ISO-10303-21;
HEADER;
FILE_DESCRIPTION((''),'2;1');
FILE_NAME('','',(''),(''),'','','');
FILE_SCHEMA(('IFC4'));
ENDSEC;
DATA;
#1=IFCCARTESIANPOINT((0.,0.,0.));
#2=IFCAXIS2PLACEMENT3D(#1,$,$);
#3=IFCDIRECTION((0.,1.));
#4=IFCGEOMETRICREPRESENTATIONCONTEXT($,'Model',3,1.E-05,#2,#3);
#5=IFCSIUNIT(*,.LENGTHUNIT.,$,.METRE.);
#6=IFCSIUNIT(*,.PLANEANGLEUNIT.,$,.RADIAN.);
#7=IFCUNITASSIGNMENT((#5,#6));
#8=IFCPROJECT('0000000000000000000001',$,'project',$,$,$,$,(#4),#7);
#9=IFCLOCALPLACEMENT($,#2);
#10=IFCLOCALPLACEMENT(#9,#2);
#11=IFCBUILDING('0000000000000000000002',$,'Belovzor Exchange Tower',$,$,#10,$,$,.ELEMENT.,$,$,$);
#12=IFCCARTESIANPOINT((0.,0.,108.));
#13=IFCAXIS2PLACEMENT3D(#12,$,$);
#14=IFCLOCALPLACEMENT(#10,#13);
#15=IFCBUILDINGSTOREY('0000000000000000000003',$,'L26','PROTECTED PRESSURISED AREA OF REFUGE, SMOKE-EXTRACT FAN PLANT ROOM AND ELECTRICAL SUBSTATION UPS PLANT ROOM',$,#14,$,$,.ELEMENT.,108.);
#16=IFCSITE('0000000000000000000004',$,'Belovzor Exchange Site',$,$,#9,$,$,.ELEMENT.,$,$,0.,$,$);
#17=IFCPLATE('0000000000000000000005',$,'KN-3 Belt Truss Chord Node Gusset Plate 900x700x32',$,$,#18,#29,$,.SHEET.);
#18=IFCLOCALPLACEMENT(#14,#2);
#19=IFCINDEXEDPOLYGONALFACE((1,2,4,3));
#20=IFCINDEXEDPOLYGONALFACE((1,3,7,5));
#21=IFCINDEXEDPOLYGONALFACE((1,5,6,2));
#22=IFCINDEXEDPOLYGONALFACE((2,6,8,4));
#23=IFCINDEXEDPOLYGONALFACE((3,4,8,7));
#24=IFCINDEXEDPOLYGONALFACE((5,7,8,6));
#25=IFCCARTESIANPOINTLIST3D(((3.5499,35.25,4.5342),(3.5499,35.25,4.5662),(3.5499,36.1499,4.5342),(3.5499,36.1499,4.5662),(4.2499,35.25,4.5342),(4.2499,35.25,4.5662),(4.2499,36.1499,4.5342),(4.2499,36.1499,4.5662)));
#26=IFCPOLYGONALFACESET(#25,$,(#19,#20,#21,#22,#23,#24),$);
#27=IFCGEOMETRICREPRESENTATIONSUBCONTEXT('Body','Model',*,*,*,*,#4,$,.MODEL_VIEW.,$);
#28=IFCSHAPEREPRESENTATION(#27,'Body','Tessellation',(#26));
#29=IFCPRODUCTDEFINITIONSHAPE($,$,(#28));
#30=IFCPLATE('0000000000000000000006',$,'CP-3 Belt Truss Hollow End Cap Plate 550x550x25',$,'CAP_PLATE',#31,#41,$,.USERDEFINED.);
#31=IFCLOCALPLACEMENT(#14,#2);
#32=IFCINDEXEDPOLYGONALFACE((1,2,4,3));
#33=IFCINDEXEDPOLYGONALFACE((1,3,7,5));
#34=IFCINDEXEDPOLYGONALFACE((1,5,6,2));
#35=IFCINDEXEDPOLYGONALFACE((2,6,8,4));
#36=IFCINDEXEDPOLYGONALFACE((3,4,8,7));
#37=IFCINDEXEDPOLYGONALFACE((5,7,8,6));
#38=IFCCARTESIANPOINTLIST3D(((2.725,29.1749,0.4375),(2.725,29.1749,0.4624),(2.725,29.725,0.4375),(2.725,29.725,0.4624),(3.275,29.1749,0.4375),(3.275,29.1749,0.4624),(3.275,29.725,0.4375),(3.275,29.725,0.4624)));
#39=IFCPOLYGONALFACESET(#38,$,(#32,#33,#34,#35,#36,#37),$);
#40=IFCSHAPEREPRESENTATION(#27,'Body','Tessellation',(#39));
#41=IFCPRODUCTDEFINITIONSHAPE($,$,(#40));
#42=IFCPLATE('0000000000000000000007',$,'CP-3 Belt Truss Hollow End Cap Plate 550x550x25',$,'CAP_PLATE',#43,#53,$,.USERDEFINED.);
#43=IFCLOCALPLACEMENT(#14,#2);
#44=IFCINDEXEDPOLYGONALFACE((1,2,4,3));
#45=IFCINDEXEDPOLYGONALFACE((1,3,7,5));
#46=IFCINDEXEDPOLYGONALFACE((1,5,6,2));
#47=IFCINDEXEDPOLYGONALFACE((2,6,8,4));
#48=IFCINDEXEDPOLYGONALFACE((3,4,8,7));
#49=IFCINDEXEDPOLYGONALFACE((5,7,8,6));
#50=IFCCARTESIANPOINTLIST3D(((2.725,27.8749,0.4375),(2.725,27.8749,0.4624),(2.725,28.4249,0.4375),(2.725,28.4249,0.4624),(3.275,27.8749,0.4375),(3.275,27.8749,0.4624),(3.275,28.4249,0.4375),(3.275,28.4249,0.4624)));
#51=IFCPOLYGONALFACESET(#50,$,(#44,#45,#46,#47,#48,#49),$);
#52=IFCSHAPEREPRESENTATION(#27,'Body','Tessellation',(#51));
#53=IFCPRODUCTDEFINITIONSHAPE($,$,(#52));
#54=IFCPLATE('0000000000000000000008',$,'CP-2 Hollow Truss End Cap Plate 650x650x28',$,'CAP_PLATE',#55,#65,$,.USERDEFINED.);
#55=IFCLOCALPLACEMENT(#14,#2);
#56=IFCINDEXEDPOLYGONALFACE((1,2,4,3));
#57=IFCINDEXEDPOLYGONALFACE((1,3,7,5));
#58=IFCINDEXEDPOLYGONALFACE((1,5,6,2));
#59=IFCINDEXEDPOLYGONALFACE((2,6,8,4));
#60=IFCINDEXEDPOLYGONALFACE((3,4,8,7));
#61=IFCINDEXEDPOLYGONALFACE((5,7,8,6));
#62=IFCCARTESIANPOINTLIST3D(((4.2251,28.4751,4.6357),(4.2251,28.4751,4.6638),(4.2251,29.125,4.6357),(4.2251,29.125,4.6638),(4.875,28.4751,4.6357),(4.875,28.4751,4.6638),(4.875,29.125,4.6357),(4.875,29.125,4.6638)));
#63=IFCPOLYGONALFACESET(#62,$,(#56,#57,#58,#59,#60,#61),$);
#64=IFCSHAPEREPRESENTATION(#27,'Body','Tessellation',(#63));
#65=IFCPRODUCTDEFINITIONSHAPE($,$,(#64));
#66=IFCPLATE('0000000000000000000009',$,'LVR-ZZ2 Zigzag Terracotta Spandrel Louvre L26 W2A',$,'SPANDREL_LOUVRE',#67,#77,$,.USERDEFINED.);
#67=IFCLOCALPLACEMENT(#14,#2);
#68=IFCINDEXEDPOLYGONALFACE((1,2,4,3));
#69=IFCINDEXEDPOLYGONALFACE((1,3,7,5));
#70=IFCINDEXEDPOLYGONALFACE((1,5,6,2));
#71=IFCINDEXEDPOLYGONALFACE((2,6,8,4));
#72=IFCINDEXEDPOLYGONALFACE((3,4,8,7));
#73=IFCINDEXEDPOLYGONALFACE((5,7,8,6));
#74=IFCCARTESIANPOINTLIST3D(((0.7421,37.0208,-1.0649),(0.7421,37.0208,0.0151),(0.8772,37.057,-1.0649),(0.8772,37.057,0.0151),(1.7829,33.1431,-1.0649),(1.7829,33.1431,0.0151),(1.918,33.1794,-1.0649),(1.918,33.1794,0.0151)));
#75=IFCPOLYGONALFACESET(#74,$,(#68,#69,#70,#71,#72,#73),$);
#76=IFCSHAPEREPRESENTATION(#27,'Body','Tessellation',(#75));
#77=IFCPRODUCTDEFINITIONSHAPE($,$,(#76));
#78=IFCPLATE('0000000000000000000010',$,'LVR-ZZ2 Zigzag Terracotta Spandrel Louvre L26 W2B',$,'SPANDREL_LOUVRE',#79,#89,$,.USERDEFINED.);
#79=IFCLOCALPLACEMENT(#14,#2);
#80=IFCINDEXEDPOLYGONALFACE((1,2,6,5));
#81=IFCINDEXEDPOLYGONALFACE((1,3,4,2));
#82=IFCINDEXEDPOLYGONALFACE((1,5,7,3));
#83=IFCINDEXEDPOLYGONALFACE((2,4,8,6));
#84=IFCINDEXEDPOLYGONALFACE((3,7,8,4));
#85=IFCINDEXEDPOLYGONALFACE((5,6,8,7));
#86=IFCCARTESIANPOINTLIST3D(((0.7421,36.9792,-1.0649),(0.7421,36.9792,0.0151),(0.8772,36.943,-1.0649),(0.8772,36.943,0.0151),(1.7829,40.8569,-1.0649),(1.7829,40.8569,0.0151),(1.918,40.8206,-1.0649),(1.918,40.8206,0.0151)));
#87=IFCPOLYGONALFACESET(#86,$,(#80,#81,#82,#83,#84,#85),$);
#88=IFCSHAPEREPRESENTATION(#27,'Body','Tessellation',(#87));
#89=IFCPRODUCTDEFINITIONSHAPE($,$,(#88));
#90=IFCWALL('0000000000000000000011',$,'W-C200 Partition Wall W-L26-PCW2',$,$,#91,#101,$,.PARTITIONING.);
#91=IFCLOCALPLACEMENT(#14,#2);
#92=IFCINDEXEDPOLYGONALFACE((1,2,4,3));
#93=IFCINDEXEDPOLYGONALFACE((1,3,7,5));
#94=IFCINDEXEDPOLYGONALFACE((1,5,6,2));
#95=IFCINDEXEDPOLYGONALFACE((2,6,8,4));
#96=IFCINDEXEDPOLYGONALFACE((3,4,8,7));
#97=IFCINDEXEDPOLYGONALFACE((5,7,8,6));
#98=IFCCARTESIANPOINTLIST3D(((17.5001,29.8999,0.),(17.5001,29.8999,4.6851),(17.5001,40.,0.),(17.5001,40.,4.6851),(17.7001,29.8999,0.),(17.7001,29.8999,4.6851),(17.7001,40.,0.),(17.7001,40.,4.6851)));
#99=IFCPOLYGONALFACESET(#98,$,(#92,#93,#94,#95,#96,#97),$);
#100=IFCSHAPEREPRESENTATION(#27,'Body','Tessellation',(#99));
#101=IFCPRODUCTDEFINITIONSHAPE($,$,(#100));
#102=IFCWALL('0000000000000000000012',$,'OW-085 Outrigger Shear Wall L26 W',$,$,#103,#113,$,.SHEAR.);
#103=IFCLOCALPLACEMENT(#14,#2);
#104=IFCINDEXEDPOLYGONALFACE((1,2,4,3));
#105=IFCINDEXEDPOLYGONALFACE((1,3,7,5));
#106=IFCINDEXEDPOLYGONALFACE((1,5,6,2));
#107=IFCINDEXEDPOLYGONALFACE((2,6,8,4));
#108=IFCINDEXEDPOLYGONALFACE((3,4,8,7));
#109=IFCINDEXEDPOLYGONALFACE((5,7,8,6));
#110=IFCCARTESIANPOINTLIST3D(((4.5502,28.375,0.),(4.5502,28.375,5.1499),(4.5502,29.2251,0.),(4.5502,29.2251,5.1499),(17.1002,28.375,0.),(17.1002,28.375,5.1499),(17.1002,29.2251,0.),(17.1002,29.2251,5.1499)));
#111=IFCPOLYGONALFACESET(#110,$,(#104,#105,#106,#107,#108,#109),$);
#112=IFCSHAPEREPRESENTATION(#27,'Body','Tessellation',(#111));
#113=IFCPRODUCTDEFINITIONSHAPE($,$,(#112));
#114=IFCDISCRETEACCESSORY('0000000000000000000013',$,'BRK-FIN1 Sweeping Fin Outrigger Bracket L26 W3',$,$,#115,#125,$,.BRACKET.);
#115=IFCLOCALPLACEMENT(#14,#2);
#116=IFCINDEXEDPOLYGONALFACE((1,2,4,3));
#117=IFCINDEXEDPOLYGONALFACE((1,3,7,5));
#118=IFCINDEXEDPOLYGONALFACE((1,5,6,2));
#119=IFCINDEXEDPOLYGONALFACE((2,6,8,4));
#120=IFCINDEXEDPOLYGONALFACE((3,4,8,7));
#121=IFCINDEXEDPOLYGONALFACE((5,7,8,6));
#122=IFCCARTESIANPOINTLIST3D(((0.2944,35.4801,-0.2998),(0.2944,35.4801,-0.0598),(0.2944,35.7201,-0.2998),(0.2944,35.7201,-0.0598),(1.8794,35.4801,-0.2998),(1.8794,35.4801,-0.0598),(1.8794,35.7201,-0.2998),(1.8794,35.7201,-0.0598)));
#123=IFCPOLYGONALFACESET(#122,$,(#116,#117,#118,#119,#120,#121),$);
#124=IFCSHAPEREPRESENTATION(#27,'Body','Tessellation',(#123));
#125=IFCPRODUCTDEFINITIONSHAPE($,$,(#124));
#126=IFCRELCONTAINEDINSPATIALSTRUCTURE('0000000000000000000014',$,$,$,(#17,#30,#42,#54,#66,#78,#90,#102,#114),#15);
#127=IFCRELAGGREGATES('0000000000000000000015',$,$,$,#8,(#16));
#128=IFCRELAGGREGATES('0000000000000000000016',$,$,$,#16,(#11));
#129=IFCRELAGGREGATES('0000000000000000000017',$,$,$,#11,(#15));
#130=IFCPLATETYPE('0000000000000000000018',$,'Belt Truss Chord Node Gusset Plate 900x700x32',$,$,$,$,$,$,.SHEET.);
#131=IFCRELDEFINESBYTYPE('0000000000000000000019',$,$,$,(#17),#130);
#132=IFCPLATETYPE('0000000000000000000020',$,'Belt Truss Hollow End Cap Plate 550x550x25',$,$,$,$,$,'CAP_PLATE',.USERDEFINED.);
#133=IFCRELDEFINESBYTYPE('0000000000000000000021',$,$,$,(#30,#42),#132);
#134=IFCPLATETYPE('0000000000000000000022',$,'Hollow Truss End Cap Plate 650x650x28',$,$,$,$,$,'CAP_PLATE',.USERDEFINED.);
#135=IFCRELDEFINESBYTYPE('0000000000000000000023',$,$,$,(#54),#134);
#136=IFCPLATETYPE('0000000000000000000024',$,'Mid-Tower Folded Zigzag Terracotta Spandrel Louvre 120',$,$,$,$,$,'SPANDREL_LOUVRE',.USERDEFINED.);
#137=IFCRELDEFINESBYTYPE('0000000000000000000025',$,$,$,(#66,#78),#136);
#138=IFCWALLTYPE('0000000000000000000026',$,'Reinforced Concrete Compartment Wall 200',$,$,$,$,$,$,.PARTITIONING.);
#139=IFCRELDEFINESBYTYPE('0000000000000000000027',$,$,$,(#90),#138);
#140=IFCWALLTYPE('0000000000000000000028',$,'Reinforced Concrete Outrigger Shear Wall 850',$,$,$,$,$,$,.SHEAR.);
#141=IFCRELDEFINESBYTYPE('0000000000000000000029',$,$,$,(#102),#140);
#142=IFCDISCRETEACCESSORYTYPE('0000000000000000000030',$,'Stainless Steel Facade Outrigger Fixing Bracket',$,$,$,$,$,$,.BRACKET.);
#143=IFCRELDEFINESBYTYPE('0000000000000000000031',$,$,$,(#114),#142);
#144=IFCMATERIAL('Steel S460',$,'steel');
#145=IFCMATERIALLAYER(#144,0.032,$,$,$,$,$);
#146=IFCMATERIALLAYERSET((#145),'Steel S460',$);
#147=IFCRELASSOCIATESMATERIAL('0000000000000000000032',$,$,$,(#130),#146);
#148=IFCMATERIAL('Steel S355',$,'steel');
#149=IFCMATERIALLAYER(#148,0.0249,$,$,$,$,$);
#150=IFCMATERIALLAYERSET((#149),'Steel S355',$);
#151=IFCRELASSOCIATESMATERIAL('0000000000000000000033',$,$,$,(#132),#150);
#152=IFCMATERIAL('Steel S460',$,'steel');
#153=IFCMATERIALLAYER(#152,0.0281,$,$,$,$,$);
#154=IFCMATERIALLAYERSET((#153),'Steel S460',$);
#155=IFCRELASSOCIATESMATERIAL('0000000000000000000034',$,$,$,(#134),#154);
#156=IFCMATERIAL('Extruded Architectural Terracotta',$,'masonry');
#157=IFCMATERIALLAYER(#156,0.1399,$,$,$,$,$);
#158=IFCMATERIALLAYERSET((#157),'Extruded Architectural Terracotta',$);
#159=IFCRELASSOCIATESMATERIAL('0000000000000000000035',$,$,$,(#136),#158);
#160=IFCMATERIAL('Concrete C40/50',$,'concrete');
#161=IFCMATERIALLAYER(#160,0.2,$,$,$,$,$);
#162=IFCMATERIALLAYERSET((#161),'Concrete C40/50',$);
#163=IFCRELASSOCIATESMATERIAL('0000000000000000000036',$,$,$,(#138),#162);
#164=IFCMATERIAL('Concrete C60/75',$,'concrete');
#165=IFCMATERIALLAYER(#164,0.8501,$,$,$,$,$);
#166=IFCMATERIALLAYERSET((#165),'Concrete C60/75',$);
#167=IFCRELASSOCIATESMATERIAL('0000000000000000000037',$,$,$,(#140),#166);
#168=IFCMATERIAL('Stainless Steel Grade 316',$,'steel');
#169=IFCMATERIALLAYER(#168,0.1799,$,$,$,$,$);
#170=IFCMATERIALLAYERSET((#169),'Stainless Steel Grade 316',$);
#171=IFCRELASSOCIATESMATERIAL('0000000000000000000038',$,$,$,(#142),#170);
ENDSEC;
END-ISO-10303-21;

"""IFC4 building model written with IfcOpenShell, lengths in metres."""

from ifc_helpers import new_model, si_unit, direction, frame, frame_2d, origin, origin_2d, place, context, subcontext, project, spatial, rectangle, extrude, material, layer, layer_set, type_object, element, save


model = new_model("IFC4")

# Units and contexts
model_context = context("Model", 3, precision=1e-05, world=origin(), true_north=direction((0.0, 1.0)))
body_context = subcontext(model_context, "Body", "Model", "MODEL_VIEW")
ifc_project = project(units=[si_unit("LENGTHUNIT", "METRE"), si_unit("PLANEANGLEUNIT", "RADIAN")], contexts=[model_context])

# Site, building, storey
site_placement = place(None, origin())
site = spatial("IfcSite", under=ifc_project, at=site_placement, Name="Belovzor Exchange Site", CompositionType="ELEMENT", RefElevation=0.0)
building_placement = place(site_placement, origin())
building = spatial("IfcBuilding", under=site, at=building_placement, Name="Belovzor Exchange Tower", CompositionType="ELEMENT")
storey_placement = place(building_placement, frame((0.0, 0.0, 108.0)))
storey = spatial("IfcBuildingStorey", under=building, at=storey_placement, Name="L26", Description="PROTECTED PRESSURISED AREA OF REFUGE, SMOKE-EXTRACT FAN PLANT ROOM AND ELECTRICAL SUBSTATION UPS PLANT ROOM", CompositionType="ELEMENT", Elevation=108.0)

# Plates
ifc_material_1 = material(Name="Steel S460", Category="steel")
ifc_layer_1 = layer(ifc_material_1, 0.032)
ifc_layer_set_1 = layer_set([ifc_layer_1], Name="Steel S460")
plate_type_1 = type_object("IfcPlateType", Name="Belt Truss Chord Node Gusset Plate 900x700x32", PredefinedType="SHEET", material=ifc_layer_set_1)
plate_1_placement = place(storey_placement, frame((3.8999, 35.7, 4.5342), z_axis=(0.0, 0.0, 1.0), x_axis=(0.0, 1.0, 0.0)))
element("IfcPlate", 1, at=plate_1_placement, inside=storey, type_object=plate_type_1, Name="KN-3 Belt Truss Chord Node Gusset Plate 900x700x32", PredefinedType="SHEET", context=body_context, shape_type="SweptSolid", body=[
    extrude(rectangle(XDim=0.8999, YDim=0.7, at=origin_2d()), origin(), (0.0, 0.0, 1.0), 0.032),
])
ifc_material_2 = material(Name="Steel S355", Category="steel")
ifc_layer_2 = layer(ifc_material_2, 0.0249)
ifc_layer_set_2 = layer_set([ifc_layer_2], Name="Steel S355")
plate_type_2 = type_object("IfcPlateType", Name="Belt Truss Hollow End Cap Plate 550x550x25", ElementType="CAP_PLATE", PredefinedType="USERDEFINED", material=ifc_layer_set_2)
for number, where, z_axis, x_axis, name in (
    (2, (3.0, 29.45, 0.4375), (0.0, 0.0, 1.0), (0.0, 1.0, 0.0), "CP-3 Belt Truss Hollow End Cap Plate 550x550x25"),
    (3, (3.0, 28.1499, 0.4375), (0.0, 0.0, 1.0), (0.0, 1.0, 0.0), "CP-3 Belt Truss Hollow End Cap Plate 550x550x25"),
):
    element("IfcPlate", number, at=place(storey_placement, frame(where, z_axis=z_axis, x_axis=x_axis)), inside=storey, type_object=plate_type_2, Name=name, ObjectType="CAP_PLATE", PredefinedType="USERDEFINED", context=body_context, shape_type="SweptSolid", body=[
        extrude(rectangle(XDim=0.55, YDim=0.55, at=origin_2d()), origin(), (0.0, 0.0, 1.0), 0.0249),
    ])
ifc_material_3 = material(Name="Steel S460", Category="steel")
ifc_layer_3 = layer(ifc_material_3, 0.0281)
ifc_layer_set_3 = layer_set([ifc_layer_3], Name="Steel S460")
plate_type_3 = type_object("IfcPlateType", Name="Hollow Truss End Cap Plate 650x650x28", ElementType="CAP_PLATE", PredefinedType="USERDEFINED", material=ifc_layer_set_3)
plate_2_placement = place(storey_placement, frame((4.55, 28.8, 4.6357), z_axis=(0.0, 0.0, 1.0), x_axis=(1.0, 0.0, 0.0)))
element("IfcPlate", 4, at=plate_2_placement, inside=storey, type_object=plate_type_3, Name="CP-2 Hollow Truss End Cap Plate 650x650x28", ObjectType="CAP_PLATE", PredefinedType="USERDEFINED", context=body_context, shape_type="SweptSolid", body=[
    extrude(rectangle(XDim=0.6499, YDim=0.6499, at=origin_2d()), origin(), (0.0, 0.0, 1.0), 0.0281),
])
ifc_material_4 = material(Name="Extruded Architectural Terracotta", Category="masonry")
ifc_layer_4 = layer(ifc_material_4, 0.1399)
ifc_layer_set_4 = layer_set([ifc_layer_4], Name="Extruded Architectural Terracotta")
plate_type_4 = type_object("IfcPlateType", Name="Mid-Tower Folded Zigzag Terracotta Spandrel Louvre 120", ElementType="SPANDREL_LOUVRE", PredefinedType="USERDEFINED", material=ifc_layer_set_4)
for number, where, z_axis, x_axis, name in (
    (5, (1.3301, 35.1001, -1.0649), (0.0, 0.0, 1.0), (-0.25924, 0.965813, 0.0), "LVR-ZZ2 Zigzag Terracotta Spandrel Louvre L26 W2A"),
    (6, (1.3301, 38.8999, -1.0649), (0.0, 0.0, 1.0), (0.25924, 0.965813, 0.0), "LVR-ZZ2 Zigzag Terracotta Spandrel Louvre L26 W2B"),
):
    element("IfcPlate", number, at=place(storey_placement, frame(where, z_axis=z_axis, x_axis=x_axis)), inside=storey, type_object=plate_type_4, Name=name, ObjectType="SPANDREL_LOUVRE", PredefinedType="USERDEFINED", context=body_context, shape_type="SweptSolid", body=[
        extrude(rectangle(XDim=4.0149, YDim=0.1399, at=origin_2d()), origin(), (0.0, 0.0, 1.0), 1.0801),
    ])

# Walls
ifc_material_5 = material(Name="Concrete C40/50", Category="concrete")
ifc_layer_5 = layer(ifc_material_5, 0.2)
ifc_layer_set_5 = layer_set([ifc_layer_5], Name="Concrete C40/50")
wall_type_1 = type_object("IfcWallType", Name="Reinforced Concrete Compartment Wall 200", PredefinedType="PARTITIONING", material=ifc_layer_set_5)
wall_1_placement = place(storey_placement, frame((17.6001, 29.8999, 0.0), z_axis=(0.0, 0.0, 1.0), x_axis=(0.0, 1.0, 0.0)))
element("IfcWall", 7, at=wall_1_placement, inside=storey, type_object=wall_type_1, Name="W-C200 Partition Wall W-L26-PCW2", PredefinedType="PARTITIONING", context=body_context, shape_type="SweptSolid", body=[
    extrude(rectangle(XDim=10.1001, YDim=0.2, at=frame_2d((5.05, 0.0))), origin(), (0.0, 0.0, 1.0), 4.6851),
])
ifc_material_6 = material(Name="Concrete C60/75", Category="concrete")
ifc_layer_6 = layer(ifc_material_6, 0.8501)
ifc_layer_set_6 = layer_set([ifc_layer_6], Name="Concrete C60/75")
wall_type_2 = type_object("IfcWallType", Name="Reinforced Concrete Outrigger Shear Wall 850", PredefinedType="SHEAR", material=ifc_layer_set_6)
wall_2_placement = place(storey_placement, frame((17.1001, 28.8, 0.0), z_axis=(0.0, 0.0, 1.0), x_axis=(-1.0, 0.0, 0.0)))
element("IfcWall", 8, at=wall_2_placement, inside=storey, type_object=wall_type_2, Name="OW-085 Outrigger Shear Wall L26 W", PredefinedType="SHEAR", context=body_context, shape_type="SweptSolid", body=[
    extrude(rectangle(XDim=12.55, YDim=0.8501, at=frame_2d((6.2749, 0.0))), origin(), (0.0, 0.0, 1.0), 5.1499),
])

# Discrete accessory
ifc_material_7 = material(Name="Stainless Steel Grade 316", Category="steel")
ifc_layer_7 = layer(ifc_material_7, 0.1799)
ifc_layer_set_7 = layer_set([ifc_layer_7], Name="Stainless Steel Grade 316")
discrete_accessory_type = type_object("IfcDiscreteAccessoryType", Name="Stainless Steel Facade Outrigger Fixing Bracket", PredefinedType="BRACKET", material=ifc_layer_set_7)
discrete_accessory_placement = place(storey_placement, frame((1.0869, 35.6001, -0.2998), z_axis=(0.0, 0.0, 1.0), x_axis=(1.0, 0.0, 0.0)))
element("IfcDiscreteAccessory", 9, at=discrete_accessory_placement, inside=storey, type_object=discrete_accessory_type, Name="BRK-FIN1 Sweeping Fin Outrigger Bracket L26 W3", PredefinedType="BRACKET", context=body_context, shape_type="SweptSolid", body=[
    extrude(rectangle(XDim=1.585, YDim=0.24, at=origin_2d()), origin(), (0.0, 0.0, 1.0), 0.24),
])

save(model, "model.ifc")
